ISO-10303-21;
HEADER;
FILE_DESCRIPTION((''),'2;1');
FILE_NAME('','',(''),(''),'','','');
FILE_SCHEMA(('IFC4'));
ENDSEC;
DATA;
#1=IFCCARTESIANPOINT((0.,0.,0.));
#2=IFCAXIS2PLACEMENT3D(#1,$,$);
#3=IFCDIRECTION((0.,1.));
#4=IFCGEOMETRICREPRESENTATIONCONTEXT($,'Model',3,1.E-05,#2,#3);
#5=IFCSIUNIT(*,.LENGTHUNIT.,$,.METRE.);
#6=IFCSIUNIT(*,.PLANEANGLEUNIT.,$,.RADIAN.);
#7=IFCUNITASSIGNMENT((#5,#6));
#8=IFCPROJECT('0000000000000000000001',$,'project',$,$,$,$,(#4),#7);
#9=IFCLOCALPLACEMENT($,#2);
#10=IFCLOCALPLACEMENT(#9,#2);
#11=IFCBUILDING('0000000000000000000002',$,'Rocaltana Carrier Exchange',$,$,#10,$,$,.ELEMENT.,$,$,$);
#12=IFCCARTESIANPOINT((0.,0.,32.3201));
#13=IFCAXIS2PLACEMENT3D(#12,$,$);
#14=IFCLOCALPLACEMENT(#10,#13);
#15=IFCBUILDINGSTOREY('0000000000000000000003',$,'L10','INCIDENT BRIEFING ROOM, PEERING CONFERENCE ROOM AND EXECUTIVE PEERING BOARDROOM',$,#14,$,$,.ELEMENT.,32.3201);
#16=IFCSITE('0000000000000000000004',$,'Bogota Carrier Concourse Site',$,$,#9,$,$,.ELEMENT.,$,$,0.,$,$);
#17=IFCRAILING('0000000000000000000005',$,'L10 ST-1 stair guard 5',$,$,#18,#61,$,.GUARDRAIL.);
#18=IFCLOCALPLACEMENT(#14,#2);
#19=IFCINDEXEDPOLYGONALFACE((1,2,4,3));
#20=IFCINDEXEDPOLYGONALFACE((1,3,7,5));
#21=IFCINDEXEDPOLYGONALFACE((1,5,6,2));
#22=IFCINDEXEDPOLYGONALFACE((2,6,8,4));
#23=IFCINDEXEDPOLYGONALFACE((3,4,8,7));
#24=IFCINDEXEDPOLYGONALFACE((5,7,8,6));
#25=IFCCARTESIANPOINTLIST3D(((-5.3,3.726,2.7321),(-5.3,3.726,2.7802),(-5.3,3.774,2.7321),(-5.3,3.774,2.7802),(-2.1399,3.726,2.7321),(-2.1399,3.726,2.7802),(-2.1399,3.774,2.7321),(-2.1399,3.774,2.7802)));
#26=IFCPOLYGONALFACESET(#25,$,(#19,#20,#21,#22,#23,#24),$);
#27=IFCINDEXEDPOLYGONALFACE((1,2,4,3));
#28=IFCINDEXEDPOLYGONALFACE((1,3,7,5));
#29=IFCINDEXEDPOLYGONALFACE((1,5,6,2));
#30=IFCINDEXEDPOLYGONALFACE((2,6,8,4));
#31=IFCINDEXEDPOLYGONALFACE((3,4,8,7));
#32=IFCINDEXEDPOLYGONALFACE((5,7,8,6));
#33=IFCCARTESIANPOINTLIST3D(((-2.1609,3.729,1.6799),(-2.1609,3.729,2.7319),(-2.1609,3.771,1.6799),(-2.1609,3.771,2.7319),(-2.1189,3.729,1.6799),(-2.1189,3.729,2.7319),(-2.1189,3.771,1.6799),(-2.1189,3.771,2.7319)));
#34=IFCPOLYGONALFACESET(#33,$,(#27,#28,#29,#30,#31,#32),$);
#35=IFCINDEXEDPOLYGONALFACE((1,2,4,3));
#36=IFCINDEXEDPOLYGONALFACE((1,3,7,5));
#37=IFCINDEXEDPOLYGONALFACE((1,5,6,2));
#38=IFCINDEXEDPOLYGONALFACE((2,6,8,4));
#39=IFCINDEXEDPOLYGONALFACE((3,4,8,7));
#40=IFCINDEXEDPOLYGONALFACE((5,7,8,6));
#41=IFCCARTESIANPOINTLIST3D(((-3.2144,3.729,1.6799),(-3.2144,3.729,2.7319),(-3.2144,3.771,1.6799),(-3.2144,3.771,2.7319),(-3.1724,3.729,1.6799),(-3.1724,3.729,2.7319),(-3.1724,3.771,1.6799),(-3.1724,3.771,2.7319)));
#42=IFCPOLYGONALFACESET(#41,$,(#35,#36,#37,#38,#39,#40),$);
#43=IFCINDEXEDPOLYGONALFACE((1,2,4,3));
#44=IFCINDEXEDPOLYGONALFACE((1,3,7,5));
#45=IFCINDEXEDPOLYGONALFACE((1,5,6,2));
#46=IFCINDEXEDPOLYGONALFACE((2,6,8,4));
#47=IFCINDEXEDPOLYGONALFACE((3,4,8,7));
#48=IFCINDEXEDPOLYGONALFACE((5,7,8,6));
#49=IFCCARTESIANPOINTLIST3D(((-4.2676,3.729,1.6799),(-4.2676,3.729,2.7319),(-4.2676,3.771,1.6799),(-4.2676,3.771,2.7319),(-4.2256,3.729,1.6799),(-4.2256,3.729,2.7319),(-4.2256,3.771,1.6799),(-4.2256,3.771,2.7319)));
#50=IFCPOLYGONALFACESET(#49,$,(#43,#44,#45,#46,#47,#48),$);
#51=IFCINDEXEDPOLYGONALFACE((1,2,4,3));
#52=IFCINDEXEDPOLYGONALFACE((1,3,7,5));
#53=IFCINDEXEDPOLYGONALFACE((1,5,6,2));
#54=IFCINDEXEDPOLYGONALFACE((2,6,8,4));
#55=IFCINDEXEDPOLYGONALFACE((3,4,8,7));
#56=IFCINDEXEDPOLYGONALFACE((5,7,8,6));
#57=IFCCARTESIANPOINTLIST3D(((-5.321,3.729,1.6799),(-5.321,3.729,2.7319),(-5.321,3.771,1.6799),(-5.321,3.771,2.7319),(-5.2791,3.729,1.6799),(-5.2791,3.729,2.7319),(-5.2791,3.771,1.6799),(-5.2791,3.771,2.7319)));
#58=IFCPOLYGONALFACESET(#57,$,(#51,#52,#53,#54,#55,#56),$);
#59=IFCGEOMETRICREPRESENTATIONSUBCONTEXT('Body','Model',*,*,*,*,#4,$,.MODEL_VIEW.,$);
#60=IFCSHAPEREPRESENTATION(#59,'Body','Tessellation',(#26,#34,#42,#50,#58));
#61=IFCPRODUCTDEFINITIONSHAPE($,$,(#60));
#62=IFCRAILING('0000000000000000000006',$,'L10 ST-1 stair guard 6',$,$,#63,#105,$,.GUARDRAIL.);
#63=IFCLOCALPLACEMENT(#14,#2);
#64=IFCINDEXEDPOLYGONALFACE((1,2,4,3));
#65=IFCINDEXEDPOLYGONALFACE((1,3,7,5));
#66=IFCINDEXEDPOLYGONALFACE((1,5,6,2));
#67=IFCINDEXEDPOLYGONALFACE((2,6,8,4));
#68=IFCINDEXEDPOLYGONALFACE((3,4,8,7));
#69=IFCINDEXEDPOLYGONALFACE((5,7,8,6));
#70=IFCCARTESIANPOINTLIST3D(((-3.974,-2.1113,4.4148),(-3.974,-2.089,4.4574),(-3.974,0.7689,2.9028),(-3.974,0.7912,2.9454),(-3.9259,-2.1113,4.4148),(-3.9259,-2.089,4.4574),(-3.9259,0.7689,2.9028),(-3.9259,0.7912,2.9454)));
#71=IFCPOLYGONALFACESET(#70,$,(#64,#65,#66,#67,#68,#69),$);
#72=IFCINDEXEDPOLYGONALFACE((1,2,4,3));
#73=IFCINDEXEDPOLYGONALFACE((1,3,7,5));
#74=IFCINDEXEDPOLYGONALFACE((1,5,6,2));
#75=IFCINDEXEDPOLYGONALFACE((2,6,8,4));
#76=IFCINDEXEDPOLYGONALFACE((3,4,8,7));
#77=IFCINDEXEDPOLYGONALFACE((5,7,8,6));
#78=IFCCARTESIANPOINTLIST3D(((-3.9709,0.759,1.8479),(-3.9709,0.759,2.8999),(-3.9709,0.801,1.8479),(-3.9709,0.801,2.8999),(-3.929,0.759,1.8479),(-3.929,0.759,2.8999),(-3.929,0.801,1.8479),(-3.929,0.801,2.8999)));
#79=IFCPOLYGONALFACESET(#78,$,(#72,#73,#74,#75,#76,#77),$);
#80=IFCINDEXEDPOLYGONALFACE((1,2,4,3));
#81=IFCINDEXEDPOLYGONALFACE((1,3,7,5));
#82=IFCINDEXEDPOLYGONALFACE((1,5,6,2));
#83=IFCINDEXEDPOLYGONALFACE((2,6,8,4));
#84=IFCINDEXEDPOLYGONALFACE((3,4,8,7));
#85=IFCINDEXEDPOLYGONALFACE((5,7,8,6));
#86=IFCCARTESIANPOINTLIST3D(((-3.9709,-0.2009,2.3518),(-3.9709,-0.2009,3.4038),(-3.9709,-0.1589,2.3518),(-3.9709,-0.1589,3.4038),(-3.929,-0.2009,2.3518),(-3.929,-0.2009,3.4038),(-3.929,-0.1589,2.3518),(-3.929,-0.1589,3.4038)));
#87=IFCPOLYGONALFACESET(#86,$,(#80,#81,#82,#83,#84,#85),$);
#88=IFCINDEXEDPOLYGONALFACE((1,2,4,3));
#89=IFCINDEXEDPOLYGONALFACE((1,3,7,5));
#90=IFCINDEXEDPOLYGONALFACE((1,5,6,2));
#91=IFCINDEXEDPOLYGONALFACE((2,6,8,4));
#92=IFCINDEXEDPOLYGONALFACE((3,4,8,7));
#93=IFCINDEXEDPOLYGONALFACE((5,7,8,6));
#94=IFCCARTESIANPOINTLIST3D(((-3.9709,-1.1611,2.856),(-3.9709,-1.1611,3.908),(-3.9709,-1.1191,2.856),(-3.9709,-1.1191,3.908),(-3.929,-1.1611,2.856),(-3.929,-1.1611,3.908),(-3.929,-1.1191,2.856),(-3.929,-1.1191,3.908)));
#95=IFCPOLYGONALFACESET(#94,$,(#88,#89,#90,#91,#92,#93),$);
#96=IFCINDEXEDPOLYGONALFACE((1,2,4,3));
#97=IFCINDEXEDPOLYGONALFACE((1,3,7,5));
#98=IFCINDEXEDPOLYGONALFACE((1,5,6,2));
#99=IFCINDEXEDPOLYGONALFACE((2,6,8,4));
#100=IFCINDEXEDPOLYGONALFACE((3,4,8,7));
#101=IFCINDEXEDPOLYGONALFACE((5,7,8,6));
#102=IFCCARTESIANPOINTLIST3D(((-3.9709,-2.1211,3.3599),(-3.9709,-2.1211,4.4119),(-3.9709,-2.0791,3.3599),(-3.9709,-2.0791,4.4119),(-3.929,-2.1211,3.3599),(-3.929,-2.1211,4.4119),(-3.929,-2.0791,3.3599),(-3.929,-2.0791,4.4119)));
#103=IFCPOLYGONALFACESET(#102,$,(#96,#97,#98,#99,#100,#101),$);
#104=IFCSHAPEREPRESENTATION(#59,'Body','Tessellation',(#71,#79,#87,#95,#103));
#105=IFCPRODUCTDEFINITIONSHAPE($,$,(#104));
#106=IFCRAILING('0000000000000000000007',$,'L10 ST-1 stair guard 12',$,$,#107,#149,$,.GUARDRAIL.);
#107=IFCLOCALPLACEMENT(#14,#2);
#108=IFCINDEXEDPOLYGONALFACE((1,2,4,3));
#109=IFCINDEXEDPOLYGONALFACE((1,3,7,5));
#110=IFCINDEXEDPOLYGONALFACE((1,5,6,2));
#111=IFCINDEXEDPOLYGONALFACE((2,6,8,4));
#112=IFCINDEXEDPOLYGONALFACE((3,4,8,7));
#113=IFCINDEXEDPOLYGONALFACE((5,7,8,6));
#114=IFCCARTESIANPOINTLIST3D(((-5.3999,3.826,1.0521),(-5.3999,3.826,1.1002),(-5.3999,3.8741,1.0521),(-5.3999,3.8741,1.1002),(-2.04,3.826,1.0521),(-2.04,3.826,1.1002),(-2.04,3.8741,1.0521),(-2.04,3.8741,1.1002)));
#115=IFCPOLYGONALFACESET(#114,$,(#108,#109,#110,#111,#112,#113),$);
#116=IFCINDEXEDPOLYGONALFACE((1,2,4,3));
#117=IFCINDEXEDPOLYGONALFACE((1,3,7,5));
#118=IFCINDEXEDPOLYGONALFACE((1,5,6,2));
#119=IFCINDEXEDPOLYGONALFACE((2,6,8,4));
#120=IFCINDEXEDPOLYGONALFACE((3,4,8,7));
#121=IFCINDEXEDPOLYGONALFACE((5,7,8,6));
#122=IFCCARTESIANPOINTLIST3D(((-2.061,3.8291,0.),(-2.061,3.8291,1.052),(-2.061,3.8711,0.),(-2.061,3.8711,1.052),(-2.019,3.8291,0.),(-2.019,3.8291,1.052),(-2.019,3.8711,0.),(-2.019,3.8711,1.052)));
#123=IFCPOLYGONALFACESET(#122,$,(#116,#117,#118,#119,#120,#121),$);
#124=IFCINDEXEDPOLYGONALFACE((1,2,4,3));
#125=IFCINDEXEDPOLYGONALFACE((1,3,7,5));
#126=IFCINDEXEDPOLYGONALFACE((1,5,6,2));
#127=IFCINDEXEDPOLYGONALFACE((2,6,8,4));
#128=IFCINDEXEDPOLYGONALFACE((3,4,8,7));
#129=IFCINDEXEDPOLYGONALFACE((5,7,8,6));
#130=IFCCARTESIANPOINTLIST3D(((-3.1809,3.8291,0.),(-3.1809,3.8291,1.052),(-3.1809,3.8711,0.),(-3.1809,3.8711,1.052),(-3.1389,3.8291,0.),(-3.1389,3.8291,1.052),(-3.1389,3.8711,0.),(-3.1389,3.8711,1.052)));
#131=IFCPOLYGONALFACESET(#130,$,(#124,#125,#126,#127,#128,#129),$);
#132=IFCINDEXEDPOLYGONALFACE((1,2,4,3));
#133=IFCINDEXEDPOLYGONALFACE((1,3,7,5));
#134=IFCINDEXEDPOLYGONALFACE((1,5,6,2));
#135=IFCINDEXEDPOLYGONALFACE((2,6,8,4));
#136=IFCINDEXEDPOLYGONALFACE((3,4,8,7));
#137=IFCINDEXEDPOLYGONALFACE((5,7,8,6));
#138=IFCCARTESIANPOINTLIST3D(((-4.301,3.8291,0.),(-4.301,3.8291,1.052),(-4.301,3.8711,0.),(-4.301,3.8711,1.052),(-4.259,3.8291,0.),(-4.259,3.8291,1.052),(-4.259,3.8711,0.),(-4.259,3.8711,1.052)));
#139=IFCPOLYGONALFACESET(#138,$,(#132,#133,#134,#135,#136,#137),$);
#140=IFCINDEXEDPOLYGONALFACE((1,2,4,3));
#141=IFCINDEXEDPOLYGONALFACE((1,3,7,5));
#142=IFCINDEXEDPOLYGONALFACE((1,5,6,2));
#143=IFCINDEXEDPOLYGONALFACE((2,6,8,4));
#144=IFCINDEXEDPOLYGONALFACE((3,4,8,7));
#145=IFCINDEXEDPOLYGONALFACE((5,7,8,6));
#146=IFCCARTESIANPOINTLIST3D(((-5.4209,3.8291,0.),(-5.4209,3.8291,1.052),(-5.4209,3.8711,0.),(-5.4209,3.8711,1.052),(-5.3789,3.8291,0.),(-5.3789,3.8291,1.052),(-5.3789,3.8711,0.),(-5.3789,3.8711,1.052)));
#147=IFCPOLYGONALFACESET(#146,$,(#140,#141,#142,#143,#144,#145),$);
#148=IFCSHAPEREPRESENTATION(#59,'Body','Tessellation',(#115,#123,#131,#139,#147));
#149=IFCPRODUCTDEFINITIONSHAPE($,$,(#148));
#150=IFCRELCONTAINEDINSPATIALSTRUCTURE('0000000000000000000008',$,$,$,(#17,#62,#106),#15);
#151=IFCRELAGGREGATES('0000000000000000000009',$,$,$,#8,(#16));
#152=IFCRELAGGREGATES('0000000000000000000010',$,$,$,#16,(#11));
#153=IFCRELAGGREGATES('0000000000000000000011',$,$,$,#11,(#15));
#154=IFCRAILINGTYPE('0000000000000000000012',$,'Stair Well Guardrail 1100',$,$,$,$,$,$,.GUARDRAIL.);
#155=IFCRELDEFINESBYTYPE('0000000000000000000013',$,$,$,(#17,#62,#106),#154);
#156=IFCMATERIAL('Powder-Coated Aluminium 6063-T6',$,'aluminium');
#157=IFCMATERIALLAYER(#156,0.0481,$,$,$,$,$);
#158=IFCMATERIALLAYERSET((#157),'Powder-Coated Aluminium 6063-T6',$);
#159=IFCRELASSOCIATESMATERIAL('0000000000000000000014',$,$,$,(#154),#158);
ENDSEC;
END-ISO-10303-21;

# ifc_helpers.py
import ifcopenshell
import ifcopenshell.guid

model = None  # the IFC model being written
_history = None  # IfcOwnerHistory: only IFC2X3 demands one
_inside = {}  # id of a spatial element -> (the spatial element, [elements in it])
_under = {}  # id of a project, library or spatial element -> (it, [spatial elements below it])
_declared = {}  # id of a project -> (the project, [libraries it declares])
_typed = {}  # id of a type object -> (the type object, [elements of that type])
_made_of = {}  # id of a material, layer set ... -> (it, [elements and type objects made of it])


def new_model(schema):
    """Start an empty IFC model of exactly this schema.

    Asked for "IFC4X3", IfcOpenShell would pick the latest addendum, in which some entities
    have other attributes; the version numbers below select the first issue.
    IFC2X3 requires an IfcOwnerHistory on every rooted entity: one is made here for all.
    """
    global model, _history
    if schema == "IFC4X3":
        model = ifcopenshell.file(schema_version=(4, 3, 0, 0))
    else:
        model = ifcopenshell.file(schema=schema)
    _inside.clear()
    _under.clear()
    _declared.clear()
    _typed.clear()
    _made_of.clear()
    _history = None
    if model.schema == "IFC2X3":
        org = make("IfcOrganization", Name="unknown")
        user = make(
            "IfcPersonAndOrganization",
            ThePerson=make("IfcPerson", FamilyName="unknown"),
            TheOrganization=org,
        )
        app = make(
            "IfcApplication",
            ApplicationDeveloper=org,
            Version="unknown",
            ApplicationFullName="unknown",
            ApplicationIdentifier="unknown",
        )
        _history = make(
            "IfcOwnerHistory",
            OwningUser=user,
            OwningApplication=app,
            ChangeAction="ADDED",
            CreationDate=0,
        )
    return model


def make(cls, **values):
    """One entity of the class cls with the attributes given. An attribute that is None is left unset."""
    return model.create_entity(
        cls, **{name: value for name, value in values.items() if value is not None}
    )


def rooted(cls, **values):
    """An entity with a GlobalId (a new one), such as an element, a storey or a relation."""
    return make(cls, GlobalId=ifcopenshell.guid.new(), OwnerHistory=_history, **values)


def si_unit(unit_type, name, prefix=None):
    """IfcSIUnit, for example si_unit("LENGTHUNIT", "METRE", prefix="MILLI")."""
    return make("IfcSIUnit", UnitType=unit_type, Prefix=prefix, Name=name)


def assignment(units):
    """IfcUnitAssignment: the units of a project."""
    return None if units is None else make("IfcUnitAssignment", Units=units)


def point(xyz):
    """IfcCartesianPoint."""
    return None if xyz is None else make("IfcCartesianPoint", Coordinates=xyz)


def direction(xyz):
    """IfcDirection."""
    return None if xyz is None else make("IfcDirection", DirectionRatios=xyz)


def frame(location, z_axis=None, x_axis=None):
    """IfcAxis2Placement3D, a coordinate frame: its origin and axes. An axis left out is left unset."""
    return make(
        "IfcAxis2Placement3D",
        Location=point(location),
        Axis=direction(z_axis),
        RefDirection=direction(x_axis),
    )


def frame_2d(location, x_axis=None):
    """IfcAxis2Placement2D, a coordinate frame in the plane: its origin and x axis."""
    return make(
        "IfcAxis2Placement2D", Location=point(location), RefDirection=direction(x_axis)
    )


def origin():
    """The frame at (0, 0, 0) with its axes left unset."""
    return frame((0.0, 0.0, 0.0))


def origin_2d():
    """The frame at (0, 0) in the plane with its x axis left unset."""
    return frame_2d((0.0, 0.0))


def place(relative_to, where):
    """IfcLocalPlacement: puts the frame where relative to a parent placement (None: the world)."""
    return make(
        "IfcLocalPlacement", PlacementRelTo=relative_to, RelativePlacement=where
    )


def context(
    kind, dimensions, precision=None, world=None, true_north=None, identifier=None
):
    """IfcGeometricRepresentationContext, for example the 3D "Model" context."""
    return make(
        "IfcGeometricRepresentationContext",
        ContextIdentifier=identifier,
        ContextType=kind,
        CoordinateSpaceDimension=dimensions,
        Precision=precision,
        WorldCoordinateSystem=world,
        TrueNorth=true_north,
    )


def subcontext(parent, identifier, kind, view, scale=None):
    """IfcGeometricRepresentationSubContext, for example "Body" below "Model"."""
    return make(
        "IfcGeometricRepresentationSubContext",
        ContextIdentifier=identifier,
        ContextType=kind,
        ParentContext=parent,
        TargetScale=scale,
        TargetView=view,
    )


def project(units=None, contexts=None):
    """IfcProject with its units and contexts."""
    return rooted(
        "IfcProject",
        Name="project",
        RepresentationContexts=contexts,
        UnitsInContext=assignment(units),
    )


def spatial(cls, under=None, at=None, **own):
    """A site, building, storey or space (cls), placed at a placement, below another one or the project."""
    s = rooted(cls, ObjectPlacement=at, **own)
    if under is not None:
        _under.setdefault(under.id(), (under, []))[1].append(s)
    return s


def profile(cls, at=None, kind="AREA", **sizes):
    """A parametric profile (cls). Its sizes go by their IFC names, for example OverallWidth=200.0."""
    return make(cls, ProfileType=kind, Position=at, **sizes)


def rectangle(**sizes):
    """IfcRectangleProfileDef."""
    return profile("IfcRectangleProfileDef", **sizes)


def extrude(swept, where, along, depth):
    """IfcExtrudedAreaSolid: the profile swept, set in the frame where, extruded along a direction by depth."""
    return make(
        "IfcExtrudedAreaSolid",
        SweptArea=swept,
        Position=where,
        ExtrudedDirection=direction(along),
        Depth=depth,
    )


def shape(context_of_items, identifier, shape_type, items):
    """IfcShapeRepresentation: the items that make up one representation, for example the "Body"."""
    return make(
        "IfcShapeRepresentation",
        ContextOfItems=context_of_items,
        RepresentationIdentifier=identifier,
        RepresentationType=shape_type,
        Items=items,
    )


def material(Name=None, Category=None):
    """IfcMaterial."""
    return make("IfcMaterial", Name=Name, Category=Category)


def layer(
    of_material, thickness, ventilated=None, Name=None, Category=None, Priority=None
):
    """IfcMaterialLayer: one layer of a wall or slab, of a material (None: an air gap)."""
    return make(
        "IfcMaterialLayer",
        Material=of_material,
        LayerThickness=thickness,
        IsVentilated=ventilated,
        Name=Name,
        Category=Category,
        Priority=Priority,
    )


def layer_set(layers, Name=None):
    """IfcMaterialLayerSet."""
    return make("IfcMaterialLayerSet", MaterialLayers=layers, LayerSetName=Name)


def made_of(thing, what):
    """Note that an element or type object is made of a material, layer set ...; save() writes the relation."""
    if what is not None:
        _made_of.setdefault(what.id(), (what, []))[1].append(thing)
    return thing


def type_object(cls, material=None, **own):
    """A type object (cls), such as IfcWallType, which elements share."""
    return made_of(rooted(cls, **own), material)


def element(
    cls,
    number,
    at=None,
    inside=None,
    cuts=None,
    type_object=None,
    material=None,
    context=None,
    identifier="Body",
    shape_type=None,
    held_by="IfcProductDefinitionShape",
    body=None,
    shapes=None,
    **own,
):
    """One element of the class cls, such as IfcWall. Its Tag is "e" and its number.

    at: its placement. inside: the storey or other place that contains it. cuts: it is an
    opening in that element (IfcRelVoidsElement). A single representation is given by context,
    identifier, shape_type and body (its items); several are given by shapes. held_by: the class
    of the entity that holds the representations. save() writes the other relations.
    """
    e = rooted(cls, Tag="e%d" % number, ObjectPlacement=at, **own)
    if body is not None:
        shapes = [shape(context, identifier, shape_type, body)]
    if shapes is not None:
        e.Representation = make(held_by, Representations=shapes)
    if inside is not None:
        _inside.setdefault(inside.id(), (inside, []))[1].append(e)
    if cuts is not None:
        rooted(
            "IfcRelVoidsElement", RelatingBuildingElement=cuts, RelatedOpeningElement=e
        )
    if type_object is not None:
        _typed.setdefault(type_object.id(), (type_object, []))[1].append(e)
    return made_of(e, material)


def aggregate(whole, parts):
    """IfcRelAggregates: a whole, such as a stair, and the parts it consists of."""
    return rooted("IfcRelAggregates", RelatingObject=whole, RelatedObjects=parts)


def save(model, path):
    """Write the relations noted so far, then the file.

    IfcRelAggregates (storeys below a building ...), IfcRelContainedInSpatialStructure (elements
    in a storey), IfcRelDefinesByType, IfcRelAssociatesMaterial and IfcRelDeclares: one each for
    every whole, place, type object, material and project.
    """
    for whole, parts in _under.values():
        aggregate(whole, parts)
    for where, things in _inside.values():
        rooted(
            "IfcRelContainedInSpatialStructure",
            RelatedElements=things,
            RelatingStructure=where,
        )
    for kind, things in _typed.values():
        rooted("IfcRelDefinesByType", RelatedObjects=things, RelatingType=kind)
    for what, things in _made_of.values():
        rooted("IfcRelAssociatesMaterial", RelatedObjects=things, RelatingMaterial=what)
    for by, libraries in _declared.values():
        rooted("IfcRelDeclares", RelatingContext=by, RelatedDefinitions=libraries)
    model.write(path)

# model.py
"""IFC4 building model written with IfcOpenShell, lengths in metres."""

from ifc_helpers import new_model, si_unit, direction, frame, origin, origin_2d, place, context, subcontext, project, spatial, rectangle, extrude, material, layer, layer_set, type_object, element, save


model = new_model("IFC4")

# Units and contexts
model_context = context("Model", 3, precision=1e-05, world=origin(), true_north=direction((0.0, 1.0)))
body_context = subcontext(model_context, "Body", "Model", "MODEL_VIEW")
ifc_project = project(units=[si_unit("LENGTHUNIT", "METRE"), si_unit("PLANEANGLEUNIT", "RADIAN")], contexts=[model_context])

# Site, building, storey
site_placement = place(None, origin())
site = spatial("IfcSite", under=ifc_project, at=site_placement, Name="Bogota Carrier Concourse Site", CompositionType="ELEMENT", RefElevation=0.0)
building_placement = place(site_placement, origin())
building = spatial("IfcBuilding", under=site, at=building_placement, Name="Rocaltana Carrier Exchange", CompositionType="ELEMENT")
storey_placement = place(building_placement, frame((0.0, 0.0, 32.3201)))
storey = spatial("IfcBuildingStorey", under=building, at=storey_placement, Name="L10", Description="INCIDENT BRIEFING ROOM, PEERING CONFERENCE ROOM AND EXECUTIVE PEERING BOARDROOM", CompositionType="ELEMENT", Elevation=32.3201)

# Railings
ifc_material_1 = material(Name="Powder-Coated Aluminium 6063-T6", Category="aluminium")
ifc_layer_1 = layer(ifc_material_1, 0.0481)
ifc_layer_set_1 = layer_set([ifc_layer_1], Name="Powder-Coated Aluminium 6063-T6")
railing_type_1 = type_object("IfcRailingType", Name="Stair Well Guardrail 1100", PredefinedType="GUARDRAIL", material=ifc_layer_set_1)
railing_1_placement = place(storey_placement, frame((-2.1399, 3.75, 1.6799)))
element("IfcRailing", 1, at=railing_1_placement, inside=storey, type_object=railing_type_1, Name="L10 ST-1 stair guard 5", PredefinedType="GUARDRAIL", context=body_context, shape_type="SweptSolid", body=[
    extrude(rectangle(XDim=0.0481, YDim=0.0481, at=origin_2d()), frame((0.0, 0.0, 1.0762), z_axis=(-1.0, 0.0, 0.0), x_axis=(0.0, -1.0, 0.0)), (0.0, 0.0, 1.0), 3.1602),
    extrude(rectangle(XDim=0.042, YDim=0.042, at=origin_2d()), origin(), (0.0, 0.0, 1.0), 1.052),
    extrude(rectangle(XDim=0.042, YDim=0.042, at=origin_2d()), frame((-1.0535, 0.0, 0.0)), (0.0, 0.0, 1.0), 1.052),
    extrude(rectangle(XDim=0.042, YDim=0.042, at=origin_2d()), frame((-2.1067, 0.0, 0.0)), (0.0, 0.0, 1.0), 1.052),
    extrude(rectangle(XDim=0.042, YDim=0.042, at=origin_2d()), frame((-3.1602, 0.0, 0.0)), (0.0, 0.0, 1.0), 1.052),
])
railing_2_placement = place(storey_placement, frame((-3.95, 0.78, 1.8479)))
element("IfcRailing", 2, at=railing_2_placement, inside=storey, type_object=railing_type_1, Name="L10 ST-1 stair guard 6", PredefinedType="GUARDRAIL", context=body_context, shape_type="SweptSolid", body=[
    extrude(rectangle(XDim=0.0481, YDim=0.0481, at=origin_2d()), frame((0.0, 0.0, 1.0762), z_axis=(0.0, -0.885411, 0.464809), x_axis=(1.0, 0.0, 0.0)), (0.0, 0.0, 1.0), 3.2529),
    extrude(rectangle(XDim=0.042, YDim=0.042, at=origin_2d()), origin(), (0.0, 0.0, 1.0), 1.052),
    extrude(rectangle(XDim=0.042, YDim=0.042, at=origin_2d()), frame((0.0, -0.96, 0.5039)), (0.0, 0.0, 1.0), 1.052),
    extrude(rectangle(XDim=0.042, YDim=0.042, at=origin_2d()), frame((0.0, -1.9202, 1.0081)), (0.0, 0.0, 1.0), 1.052),
    extrude(rectangle(XDim=0.042, YDim=0.042, at=origin_2d()), frame((0.0, -2.8801, 1.512)), (0.0, 0.0, 1.0), 1.052),
])
railing_3_placement = place(storey_placement, frame((-2.04, 3.8501, 0.0)))
element("IfcRailing", 3, at=railing_3_placement, inside=storey, type_object=railing_type_1, Name="L10 ST-1 stair guard 12", PredefinedType="GUARDRAIL", context=body_context, shape_type="SweptSolid", body=[
    extrude(rectangle(XDim=0.0481, YDim=0.0481, at=origin_2d()), frame((0.0, 0.0, 1.0762), z_axis=(-1.0, 0.0, 0.0), x_axis=(0.0, -1.0, 0.0)), (0.0, 0.0, 1.0), 3.3599),
    extrude(rectangle(XDim=0.042, YDim=0.042, at=origin_2d()), origin(), (0.0, 0.0, 1.0), 1.052),
    extrude(rectangle(XDim=0.042, YDim=0.042, at=origin_2d()), frame((-1.1199, 0.0, 0.0)), (0.0, 0.0, 1.0), 1.052),
    extrude(rectangle(XDim=0.042, YDim=0.042, at=origin_2d()), frame((-2.24, 0.0, 0.0)), (0.0, 0.0, 1.0), 1.052),
    extrude(rectangle(XDim=0.042, YDim=0.042, at=origin_2d()), frame((-3.3599, 0.0, 0.0)), (0.0, 0.0, 1.0), 1.052),
])

save(model, "model.ifc")
